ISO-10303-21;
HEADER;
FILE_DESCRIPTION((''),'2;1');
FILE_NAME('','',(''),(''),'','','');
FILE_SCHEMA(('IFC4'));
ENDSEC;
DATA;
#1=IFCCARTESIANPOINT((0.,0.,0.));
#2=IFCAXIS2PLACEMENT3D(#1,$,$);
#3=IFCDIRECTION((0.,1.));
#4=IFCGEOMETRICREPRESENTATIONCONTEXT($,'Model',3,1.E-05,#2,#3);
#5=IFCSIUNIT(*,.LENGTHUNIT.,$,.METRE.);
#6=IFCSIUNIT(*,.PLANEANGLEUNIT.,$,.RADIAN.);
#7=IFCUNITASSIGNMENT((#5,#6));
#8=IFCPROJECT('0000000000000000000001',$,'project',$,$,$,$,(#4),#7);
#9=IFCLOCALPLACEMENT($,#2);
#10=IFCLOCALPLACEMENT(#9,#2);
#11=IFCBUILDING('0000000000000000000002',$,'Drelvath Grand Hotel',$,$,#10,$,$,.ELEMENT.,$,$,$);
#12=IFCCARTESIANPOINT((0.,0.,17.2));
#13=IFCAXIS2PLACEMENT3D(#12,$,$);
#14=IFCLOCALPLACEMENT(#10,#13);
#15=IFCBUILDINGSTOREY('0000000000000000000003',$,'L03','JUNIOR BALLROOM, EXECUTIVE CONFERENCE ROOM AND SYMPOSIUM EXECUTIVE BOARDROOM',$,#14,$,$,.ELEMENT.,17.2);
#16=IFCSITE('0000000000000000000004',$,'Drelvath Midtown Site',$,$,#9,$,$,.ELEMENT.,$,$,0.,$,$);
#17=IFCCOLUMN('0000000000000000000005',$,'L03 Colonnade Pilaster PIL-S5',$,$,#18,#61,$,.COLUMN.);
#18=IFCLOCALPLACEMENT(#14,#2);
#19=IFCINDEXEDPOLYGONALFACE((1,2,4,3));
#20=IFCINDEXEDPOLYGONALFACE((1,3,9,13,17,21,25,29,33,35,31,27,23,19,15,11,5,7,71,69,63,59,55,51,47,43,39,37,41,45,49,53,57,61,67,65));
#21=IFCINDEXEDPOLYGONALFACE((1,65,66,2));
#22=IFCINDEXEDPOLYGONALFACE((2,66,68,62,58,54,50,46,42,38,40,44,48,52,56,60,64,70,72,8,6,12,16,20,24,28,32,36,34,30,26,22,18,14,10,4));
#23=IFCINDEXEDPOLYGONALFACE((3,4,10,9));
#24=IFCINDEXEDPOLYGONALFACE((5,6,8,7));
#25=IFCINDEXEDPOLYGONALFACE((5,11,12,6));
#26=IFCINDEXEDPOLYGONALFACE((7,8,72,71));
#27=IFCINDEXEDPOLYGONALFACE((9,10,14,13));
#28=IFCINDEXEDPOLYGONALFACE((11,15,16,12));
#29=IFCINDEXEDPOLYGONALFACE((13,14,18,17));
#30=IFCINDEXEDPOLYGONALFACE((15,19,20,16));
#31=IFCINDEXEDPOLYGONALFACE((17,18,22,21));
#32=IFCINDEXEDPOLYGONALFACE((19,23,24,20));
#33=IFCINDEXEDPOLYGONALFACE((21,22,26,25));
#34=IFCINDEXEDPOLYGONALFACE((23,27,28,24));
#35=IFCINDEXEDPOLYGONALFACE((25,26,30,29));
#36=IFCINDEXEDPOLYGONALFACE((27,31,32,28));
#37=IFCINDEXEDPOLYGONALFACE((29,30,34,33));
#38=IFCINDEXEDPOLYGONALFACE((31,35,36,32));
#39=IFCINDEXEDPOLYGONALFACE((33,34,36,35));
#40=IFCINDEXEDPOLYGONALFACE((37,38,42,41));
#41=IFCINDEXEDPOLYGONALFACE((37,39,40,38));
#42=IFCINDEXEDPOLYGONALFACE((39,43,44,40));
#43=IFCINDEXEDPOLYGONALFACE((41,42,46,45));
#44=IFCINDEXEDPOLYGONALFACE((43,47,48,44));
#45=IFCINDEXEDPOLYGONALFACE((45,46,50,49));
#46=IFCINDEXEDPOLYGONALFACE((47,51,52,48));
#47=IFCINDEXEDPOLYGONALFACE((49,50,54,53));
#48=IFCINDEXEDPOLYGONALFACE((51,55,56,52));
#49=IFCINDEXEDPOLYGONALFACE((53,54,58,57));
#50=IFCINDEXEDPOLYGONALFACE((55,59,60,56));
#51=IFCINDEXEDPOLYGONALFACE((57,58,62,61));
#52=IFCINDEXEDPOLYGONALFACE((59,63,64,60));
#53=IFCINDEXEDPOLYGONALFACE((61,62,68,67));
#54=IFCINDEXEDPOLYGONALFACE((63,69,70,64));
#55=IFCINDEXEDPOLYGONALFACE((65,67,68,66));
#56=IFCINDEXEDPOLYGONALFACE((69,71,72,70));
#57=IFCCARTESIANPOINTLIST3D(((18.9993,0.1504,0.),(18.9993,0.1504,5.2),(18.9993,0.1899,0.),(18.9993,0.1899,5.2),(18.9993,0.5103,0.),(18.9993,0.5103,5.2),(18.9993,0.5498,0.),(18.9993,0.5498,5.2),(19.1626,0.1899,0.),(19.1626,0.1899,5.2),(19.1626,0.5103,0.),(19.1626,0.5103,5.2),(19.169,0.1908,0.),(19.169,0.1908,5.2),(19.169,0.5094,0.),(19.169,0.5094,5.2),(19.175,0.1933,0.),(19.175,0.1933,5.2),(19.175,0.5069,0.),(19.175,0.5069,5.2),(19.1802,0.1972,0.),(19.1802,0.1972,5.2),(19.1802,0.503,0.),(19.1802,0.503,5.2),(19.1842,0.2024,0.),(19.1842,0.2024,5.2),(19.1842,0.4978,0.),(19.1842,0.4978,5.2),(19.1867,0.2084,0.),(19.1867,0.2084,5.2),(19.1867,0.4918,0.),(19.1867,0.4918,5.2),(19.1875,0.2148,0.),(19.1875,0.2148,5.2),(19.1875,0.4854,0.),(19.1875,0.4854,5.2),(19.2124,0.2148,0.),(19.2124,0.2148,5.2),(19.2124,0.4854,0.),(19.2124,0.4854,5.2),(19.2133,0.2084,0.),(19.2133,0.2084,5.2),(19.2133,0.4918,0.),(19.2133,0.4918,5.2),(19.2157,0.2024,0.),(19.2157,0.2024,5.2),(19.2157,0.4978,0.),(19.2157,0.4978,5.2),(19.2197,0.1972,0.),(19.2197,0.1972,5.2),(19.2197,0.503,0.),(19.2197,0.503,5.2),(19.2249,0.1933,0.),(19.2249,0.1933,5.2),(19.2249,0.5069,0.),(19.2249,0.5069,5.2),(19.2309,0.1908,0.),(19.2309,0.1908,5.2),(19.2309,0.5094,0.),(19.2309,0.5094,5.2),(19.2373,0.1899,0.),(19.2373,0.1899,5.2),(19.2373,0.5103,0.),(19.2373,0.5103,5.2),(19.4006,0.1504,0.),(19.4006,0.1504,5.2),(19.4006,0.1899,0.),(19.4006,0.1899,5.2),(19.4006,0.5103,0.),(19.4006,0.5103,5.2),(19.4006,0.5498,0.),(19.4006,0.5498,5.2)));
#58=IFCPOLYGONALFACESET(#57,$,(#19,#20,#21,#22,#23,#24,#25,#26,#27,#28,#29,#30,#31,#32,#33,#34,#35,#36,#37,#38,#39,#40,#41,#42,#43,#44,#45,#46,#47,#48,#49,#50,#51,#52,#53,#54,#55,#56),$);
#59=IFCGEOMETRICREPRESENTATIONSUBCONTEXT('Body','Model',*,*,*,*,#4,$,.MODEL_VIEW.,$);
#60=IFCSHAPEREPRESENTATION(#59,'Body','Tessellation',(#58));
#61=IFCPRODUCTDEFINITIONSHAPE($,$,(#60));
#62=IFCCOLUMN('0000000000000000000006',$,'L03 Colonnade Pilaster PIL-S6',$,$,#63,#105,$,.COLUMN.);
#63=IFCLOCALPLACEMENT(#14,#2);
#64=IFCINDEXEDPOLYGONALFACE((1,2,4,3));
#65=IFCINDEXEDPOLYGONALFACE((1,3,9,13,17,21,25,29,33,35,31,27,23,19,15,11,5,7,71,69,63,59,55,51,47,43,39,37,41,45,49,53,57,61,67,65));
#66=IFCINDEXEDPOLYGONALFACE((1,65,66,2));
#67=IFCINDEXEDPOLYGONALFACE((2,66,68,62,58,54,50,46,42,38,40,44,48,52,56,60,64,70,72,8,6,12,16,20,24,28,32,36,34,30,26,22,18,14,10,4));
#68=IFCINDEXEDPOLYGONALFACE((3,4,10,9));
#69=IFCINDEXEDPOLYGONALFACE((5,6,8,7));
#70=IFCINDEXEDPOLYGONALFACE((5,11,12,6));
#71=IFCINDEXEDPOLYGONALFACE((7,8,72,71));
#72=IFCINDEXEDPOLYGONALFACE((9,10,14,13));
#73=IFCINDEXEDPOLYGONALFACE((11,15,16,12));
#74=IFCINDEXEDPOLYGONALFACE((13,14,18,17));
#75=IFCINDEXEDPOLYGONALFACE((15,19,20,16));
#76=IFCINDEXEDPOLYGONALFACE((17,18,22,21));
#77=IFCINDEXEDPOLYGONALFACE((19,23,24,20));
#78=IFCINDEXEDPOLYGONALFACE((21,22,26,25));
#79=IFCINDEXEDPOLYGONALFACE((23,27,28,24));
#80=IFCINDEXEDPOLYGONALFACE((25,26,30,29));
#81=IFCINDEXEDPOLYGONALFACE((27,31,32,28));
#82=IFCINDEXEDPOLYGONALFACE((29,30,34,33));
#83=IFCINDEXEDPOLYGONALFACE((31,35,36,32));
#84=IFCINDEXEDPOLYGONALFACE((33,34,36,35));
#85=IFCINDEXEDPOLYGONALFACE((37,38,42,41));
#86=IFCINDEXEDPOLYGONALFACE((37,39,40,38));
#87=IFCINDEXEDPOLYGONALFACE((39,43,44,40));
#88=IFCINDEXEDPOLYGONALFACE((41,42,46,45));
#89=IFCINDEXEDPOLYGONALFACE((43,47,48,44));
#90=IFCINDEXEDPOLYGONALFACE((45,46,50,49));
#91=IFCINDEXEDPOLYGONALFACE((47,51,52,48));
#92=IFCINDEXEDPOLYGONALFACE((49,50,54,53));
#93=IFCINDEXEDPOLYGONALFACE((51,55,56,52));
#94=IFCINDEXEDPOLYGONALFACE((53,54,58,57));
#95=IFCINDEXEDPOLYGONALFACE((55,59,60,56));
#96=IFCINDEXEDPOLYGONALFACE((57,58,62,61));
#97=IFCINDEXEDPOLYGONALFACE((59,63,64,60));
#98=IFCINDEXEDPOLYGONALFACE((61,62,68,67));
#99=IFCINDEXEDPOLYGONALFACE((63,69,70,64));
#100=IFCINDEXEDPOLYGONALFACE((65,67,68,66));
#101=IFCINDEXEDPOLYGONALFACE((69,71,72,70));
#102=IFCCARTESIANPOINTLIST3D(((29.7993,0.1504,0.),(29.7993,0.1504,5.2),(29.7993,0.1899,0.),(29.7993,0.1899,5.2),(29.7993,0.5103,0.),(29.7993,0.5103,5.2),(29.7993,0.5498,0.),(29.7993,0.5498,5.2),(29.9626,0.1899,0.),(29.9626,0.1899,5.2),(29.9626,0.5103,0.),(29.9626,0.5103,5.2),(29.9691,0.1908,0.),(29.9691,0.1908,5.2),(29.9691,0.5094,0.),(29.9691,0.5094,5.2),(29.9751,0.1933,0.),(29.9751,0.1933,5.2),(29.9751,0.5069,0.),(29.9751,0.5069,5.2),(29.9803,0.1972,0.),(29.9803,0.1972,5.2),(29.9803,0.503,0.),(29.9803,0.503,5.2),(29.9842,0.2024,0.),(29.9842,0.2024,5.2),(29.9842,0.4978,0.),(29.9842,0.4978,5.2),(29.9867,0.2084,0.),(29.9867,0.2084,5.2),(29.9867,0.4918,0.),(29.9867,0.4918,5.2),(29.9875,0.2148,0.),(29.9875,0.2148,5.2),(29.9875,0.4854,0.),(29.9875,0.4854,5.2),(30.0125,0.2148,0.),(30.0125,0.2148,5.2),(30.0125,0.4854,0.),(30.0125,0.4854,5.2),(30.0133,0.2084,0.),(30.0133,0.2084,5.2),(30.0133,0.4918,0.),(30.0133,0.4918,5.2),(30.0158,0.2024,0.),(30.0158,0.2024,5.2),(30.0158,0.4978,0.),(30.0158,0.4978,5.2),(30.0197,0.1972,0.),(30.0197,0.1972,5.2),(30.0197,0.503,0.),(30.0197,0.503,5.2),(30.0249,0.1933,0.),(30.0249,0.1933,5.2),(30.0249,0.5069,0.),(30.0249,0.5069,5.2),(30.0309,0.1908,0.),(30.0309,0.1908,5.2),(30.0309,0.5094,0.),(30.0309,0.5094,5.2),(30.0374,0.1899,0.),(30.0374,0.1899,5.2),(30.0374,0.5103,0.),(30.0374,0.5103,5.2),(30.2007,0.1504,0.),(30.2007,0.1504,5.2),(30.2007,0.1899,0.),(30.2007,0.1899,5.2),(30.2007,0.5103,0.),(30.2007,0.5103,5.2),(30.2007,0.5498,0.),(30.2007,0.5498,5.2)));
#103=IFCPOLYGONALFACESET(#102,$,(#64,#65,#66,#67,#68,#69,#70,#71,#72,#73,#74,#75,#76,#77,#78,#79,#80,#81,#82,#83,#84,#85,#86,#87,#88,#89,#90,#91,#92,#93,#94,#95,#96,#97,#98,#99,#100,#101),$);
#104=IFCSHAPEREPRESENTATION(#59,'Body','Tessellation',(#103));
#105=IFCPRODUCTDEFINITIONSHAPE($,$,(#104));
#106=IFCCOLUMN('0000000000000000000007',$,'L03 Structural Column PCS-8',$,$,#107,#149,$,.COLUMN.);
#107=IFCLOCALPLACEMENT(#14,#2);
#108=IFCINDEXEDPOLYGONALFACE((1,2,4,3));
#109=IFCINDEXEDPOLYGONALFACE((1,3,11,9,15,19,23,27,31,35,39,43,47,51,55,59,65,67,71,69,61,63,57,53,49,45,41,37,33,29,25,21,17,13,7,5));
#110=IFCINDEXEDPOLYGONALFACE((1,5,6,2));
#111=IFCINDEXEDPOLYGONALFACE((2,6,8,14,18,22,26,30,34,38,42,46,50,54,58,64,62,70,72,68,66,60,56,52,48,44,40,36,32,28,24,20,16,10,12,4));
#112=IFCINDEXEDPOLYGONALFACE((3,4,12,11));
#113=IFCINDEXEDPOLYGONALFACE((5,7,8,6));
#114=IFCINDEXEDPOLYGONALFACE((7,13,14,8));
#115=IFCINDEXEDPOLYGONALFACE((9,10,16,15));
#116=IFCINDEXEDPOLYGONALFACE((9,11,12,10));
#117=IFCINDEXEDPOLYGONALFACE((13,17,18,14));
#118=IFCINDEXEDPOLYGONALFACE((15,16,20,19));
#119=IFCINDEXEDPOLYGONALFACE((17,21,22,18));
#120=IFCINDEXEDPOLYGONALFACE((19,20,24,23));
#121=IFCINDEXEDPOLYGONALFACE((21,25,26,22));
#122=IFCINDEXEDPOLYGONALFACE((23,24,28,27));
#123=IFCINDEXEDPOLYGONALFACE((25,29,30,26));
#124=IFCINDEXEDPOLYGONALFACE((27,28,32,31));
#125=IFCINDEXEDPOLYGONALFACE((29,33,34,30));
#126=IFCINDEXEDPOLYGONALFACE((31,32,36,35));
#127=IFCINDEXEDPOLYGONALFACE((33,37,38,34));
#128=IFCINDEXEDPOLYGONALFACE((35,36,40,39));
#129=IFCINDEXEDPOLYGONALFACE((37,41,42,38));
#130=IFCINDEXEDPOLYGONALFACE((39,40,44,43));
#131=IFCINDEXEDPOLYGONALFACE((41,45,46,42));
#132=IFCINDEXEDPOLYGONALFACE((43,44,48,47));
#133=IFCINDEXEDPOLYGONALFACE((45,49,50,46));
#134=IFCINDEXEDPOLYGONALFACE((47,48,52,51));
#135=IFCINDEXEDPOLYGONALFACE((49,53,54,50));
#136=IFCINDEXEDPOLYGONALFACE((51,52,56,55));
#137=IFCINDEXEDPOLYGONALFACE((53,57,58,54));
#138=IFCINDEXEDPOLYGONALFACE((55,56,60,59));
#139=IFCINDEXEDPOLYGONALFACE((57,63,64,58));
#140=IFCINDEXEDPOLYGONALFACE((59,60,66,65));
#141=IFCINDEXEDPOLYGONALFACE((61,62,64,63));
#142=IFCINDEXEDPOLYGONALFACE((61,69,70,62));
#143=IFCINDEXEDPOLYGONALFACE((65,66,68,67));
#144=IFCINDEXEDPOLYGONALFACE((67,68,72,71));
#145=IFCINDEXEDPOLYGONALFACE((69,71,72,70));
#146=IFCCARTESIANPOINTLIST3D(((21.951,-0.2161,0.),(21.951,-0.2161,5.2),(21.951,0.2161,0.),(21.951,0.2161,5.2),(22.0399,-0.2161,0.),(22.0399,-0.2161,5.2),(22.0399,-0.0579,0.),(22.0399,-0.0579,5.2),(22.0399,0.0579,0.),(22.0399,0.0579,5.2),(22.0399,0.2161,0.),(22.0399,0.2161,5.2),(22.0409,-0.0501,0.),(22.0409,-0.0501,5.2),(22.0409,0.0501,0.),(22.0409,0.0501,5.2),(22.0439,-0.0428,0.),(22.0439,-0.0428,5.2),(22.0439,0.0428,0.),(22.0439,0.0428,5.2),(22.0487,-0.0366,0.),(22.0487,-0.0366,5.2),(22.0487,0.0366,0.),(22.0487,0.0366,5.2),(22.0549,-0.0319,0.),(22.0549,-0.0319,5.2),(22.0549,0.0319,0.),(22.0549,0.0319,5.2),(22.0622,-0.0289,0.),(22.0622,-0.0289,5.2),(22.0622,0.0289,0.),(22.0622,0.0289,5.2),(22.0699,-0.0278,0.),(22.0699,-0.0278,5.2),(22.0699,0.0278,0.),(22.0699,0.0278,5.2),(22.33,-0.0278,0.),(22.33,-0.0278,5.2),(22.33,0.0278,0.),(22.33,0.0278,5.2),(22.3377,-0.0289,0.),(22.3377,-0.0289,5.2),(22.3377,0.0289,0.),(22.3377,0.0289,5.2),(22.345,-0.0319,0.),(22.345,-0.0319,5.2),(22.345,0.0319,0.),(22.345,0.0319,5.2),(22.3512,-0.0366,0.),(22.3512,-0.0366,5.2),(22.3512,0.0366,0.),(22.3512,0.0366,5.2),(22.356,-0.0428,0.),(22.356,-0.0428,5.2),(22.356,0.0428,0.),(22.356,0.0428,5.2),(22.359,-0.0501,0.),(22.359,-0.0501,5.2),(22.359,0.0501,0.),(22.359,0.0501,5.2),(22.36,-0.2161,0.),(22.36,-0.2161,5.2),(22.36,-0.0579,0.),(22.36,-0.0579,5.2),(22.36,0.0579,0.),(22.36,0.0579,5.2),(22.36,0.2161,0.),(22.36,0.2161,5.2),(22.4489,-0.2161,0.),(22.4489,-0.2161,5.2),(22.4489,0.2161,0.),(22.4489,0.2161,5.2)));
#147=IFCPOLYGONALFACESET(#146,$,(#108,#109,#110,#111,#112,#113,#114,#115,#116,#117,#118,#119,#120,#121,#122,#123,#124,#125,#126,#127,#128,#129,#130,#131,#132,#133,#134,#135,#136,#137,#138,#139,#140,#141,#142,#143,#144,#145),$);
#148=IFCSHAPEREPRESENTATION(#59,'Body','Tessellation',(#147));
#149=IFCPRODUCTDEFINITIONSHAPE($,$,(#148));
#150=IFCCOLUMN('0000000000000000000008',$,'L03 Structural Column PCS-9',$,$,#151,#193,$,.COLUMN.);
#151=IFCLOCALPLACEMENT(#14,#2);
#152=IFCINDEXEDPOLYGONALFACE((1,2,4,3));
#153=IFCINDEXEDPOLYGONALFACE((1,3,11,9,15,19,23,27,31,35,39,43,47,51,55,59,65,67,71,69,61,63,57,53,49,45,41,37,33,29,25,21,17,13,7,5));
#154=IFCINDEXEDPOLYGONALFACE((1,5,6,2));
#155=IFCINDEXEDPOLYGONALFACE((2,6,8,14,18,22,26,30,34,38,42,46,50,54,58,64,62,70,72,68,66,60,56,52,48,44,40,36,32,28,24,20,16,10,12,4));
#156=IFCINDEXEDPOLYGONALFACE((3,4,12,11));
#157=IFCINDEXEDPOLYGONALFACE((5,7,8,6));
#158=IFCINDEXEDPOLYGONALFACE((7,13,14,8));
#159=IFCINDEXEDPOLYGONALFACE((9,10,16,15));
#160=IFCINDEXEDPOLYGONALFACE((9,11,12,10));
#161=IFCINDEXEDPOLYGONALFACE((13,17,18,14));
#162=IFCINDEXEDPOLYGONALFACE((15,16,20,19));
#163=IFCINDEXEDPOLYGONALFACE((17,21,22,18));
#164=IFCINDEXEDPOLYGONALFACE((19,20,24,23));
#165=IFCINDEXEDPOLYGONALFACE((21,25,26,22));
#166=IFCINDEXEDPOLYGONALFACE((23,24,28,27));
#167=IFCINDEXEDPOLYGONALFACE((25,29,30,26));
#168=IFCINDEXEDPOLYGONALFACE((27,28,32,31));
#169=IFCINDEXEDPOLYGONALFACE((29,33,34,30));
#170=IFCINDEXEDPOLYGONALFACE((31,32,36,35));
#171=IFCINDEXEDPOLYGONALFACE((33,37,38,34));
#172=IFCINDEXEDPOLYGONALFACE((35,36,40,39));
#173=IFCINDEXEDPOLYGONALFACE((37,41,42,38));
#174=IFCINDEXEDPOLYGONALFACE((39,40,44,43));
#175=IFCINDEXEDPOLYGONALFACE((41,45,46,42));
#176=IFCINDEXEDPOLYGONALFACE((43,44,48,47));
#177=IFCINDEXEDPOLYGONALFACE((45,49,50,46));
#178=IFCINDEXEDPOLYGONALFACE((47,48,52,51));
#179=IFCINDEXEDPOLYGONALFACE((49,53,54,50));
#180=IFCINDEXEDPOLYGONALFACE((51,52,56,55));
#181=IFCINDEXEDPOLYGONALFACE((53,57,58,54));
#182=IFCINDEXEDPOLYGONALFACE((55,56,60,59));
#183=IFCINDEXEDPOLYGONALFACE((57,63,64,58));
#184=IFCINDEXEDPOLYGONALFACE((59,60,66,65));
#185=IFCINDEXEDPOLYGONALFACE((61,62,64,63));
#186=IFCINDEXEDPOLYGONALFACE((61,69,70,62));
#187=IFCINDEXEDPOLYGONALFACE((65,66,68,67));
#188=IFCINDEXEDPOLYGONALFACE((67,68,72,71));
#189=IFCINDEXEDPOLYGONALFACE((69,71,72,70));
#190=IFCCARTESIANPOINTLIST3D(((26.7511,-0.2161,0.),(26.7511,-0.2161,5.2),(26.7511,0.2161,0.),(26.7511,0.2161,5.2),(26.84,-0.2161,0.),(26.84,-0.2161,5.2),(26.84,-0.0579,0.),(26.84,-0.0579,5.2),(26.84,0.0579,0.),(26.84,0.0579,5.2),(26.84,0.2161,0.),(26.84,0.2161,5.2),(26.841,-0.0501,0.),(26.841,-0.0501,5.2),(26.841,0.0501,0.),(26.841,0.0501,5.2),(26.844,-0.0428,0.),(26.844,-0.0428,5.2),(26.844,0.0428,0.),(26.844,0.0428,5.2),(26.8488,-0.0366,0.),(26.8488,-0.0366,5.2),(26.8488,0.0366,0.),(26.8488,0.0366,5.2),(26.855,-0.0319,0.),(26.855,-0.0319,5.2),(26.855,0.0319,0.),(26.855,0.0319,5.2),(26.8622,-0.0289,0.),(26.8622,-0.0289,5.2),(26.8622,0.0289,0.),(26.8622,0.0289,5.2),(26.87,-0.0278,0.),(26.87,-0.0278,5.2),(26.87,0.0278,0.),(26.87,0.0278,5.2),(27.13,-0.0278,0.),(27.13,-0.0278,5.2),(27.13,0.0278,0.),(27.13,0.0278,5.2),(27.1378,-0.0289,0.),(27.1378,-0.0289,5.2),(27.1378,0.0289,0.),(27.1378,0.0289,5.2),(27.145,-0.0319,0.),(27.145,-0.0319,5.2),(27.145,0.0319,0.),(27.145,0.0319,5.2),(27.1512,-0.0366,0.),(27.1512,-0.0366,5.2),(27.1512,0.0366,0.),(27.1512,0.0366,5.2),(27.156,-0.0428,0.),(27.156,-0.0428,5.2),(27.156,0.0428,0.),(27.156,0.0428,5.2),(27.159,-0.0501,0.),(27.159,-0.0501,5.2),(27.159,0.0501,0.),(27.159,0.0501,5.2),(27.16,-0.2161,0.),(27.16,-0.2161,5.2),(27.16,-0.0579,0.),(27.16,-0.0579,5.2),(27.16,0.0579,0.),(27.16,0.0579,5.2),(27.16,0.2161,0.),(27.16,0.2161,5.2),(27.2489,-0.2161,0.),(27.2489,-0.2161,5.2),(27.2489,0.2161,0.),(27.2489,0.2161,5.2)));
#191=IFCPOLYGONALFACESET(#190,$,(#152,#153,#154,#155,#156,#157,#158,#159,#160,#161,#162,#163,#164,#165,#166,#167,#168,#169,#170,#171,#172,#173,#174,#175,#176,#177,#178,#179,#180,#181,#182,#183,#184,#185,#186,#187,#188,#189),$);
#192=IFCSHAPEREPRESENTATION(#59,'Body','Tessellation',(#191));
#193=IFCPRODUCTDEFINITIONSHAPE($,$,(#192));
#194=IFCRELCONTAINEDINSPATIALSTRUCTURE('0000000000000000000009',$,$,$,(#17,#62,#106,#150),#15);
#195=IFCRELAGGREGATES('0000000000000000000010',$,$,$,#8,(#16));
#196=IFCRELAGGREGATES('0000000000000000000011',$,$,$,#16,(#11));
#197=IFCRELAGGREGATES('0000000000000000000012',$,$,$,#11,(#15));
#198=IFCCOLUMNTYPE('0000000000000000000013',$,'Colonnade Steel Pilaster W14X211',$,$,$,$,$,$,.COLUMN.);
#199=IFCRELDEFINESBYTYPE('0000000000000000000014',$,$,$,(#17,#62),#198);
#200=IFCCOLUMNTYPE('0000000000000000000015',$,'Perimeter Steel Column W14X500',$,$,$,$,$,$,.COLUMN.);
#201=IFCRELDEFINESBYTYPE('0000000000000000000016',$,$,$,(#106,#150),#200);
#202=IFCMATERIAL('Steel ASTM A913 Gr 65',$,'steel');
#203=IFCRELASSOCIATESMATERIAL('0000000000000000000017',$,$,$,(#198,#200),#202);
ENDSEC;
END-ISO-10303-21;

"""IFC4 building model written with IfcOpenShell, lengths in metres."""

from ifc_helpers import new_model, si_unit, direction, frame, origin, origin_2d, place, context, subcontext, project, spatial, i_section, extrude, material, material_profile, profile_set, type_object, element, save


model = new_model("IFC4")

# Units and contexts
model_context = context("Model", 3, precision=1e-05, world=origin(), true_north=direction((0.0, 1.0)))
body_context = subcontext(model_context, "Body", "Model", "MODEL_VIEW")
ifc_project = project(units=[si_unit("LENGTHUNIT", "METRE"), si_unit("PLANEANGLEUNIT", "RADIAN")], contexts=[model_context])

# Site, building, storey
site_placement = place(None, origin())
site = spatial("IfcSite", under=ifc_project, at=site_placement, Name="Drelvath Midtown Site", CompositionType="ELEMENT", RefElevation=0.0)
building_placement = place(site_placement, origin())
building = spatial("IfcBuilding", under=site, at=building_placement, Name="Drelvath Grand Hotel", CompositionType="ELEMENT")
storey_placement = place(building_placement, frame((0.0, 0.0, 17.2)))
storey = spatial("IfcBuildingStorey", under=building, at=storey_placement, Name="L03", Description="JUNIOR BALLROOM, EXECUTIVE CONFERENCE ROOM AND SYMPOSIUM EXECUTIVE BOARDROOM", CompositionType="ELEMENT", Elevation=17.2)

# Columns
ifc_material_1 = material(Name="Steel ASTM A913 Gr 65", Category="steel")
ifc_material_profile_1 = material_profile(ifc_material_1, i_section(OverallWidth=0.4014, OverallDepth=0.3994, WebThickness=0.0249, FlangeThickness=0.0396, FilletRadius=0.0249, at=origin_2d()), Name="W14X211")
ifc_profile_set_1 = profile_set([ifc_material_profile_1], Name="Steel ASTM A913 Gr 65")
column_type_1 = type_object("IfcColumnType", Name="Colonnade Steel Pilaster W14X211", PredefinedType="COLUMN", material=ifc_profile_set_1)
for number, where, z_axis, x_axis, name in (
    (1, (19.2, 0.3501, 0.0), (0.0, 0.0, 1.0), (1.0, 0.0, 0.0), "L03 Colonnade Pilaster PIL-S5"),
    (2, (30.0, 0.3501, 0.0), (0.0, 0.0, 1.0), (1.0, 0.0, 0.0), "L03 Colonnade Pilaster PIL-S6"),
):
    element("IfcColumn", number, at=place(storey_placement, frame(where, z_axis=z_axis, x_axis=x_axis)), inside=storey, type_object=column_type_1, Name=name, PredefinedType="COLUMN", context=body_context, shape_type="SweptSolid", body=[
        extrude(i_section(OverallWidth=0.4014, OverallDepth=0.3994, WebThickness=0.0249, FlangeThickness=0.0396, FilletRadius=0.0249, at=origin_2d()), origin(), (0.0, 0.0, 1.0), 5.2),
    ])
ifc_material_profile_2 = material_profile(ifc_material_1, i_section(OverallWidth=0.4321, OverallDepth=0.4978, WebThickness=0.0557, FlangeThickness=0.0889, FilletRadius=0.03, at=origin_2d()), Name="W14X500")
ifc_profile_set_2 = profile_set([ifc_material_profile_2], Name="Steel ASTM A913 Gr 65")
column_type_2 = type_object("IfcColumnType", Name="Perimeter Steel Column W14X500", PredefinedType="COLUMN", material=ifc_profile_set_2)
for number, where, z_axis, x_axis, name in (
    (3, (22.2, 0.0, 0.0), (0.0, 0.0, 1.0), (0.0, 1.0, 0.0), "L03 Structural Column PCS-8"),
    (4, (27.0, 0.0, 0.0), (0.0, 0.0, 1.0), (0.0, 1.0, 0.0), "L03 Structural Column PCS-9"),
):
    element("IfcColumn", number, at=place(storey_placement, frame(where, z_axis=z_axis, x_axis=x_axis)), inside=storey, type_object=column_type_2, Name=name, PredefinedType="COLUMN", context=body_context, shape_type="SweptSolid", body=[
        extrude(i_section(OverallWidth=0.4321, OverallDepth=0.4978, WebThickness=0.0557, FlangeThickness=0.0889, FilletRadius=0.03, at=origin_2d()), origin(), (0.0, 0.0, 1.0), 5.2),
    ])

save(model, "model.ifc")
